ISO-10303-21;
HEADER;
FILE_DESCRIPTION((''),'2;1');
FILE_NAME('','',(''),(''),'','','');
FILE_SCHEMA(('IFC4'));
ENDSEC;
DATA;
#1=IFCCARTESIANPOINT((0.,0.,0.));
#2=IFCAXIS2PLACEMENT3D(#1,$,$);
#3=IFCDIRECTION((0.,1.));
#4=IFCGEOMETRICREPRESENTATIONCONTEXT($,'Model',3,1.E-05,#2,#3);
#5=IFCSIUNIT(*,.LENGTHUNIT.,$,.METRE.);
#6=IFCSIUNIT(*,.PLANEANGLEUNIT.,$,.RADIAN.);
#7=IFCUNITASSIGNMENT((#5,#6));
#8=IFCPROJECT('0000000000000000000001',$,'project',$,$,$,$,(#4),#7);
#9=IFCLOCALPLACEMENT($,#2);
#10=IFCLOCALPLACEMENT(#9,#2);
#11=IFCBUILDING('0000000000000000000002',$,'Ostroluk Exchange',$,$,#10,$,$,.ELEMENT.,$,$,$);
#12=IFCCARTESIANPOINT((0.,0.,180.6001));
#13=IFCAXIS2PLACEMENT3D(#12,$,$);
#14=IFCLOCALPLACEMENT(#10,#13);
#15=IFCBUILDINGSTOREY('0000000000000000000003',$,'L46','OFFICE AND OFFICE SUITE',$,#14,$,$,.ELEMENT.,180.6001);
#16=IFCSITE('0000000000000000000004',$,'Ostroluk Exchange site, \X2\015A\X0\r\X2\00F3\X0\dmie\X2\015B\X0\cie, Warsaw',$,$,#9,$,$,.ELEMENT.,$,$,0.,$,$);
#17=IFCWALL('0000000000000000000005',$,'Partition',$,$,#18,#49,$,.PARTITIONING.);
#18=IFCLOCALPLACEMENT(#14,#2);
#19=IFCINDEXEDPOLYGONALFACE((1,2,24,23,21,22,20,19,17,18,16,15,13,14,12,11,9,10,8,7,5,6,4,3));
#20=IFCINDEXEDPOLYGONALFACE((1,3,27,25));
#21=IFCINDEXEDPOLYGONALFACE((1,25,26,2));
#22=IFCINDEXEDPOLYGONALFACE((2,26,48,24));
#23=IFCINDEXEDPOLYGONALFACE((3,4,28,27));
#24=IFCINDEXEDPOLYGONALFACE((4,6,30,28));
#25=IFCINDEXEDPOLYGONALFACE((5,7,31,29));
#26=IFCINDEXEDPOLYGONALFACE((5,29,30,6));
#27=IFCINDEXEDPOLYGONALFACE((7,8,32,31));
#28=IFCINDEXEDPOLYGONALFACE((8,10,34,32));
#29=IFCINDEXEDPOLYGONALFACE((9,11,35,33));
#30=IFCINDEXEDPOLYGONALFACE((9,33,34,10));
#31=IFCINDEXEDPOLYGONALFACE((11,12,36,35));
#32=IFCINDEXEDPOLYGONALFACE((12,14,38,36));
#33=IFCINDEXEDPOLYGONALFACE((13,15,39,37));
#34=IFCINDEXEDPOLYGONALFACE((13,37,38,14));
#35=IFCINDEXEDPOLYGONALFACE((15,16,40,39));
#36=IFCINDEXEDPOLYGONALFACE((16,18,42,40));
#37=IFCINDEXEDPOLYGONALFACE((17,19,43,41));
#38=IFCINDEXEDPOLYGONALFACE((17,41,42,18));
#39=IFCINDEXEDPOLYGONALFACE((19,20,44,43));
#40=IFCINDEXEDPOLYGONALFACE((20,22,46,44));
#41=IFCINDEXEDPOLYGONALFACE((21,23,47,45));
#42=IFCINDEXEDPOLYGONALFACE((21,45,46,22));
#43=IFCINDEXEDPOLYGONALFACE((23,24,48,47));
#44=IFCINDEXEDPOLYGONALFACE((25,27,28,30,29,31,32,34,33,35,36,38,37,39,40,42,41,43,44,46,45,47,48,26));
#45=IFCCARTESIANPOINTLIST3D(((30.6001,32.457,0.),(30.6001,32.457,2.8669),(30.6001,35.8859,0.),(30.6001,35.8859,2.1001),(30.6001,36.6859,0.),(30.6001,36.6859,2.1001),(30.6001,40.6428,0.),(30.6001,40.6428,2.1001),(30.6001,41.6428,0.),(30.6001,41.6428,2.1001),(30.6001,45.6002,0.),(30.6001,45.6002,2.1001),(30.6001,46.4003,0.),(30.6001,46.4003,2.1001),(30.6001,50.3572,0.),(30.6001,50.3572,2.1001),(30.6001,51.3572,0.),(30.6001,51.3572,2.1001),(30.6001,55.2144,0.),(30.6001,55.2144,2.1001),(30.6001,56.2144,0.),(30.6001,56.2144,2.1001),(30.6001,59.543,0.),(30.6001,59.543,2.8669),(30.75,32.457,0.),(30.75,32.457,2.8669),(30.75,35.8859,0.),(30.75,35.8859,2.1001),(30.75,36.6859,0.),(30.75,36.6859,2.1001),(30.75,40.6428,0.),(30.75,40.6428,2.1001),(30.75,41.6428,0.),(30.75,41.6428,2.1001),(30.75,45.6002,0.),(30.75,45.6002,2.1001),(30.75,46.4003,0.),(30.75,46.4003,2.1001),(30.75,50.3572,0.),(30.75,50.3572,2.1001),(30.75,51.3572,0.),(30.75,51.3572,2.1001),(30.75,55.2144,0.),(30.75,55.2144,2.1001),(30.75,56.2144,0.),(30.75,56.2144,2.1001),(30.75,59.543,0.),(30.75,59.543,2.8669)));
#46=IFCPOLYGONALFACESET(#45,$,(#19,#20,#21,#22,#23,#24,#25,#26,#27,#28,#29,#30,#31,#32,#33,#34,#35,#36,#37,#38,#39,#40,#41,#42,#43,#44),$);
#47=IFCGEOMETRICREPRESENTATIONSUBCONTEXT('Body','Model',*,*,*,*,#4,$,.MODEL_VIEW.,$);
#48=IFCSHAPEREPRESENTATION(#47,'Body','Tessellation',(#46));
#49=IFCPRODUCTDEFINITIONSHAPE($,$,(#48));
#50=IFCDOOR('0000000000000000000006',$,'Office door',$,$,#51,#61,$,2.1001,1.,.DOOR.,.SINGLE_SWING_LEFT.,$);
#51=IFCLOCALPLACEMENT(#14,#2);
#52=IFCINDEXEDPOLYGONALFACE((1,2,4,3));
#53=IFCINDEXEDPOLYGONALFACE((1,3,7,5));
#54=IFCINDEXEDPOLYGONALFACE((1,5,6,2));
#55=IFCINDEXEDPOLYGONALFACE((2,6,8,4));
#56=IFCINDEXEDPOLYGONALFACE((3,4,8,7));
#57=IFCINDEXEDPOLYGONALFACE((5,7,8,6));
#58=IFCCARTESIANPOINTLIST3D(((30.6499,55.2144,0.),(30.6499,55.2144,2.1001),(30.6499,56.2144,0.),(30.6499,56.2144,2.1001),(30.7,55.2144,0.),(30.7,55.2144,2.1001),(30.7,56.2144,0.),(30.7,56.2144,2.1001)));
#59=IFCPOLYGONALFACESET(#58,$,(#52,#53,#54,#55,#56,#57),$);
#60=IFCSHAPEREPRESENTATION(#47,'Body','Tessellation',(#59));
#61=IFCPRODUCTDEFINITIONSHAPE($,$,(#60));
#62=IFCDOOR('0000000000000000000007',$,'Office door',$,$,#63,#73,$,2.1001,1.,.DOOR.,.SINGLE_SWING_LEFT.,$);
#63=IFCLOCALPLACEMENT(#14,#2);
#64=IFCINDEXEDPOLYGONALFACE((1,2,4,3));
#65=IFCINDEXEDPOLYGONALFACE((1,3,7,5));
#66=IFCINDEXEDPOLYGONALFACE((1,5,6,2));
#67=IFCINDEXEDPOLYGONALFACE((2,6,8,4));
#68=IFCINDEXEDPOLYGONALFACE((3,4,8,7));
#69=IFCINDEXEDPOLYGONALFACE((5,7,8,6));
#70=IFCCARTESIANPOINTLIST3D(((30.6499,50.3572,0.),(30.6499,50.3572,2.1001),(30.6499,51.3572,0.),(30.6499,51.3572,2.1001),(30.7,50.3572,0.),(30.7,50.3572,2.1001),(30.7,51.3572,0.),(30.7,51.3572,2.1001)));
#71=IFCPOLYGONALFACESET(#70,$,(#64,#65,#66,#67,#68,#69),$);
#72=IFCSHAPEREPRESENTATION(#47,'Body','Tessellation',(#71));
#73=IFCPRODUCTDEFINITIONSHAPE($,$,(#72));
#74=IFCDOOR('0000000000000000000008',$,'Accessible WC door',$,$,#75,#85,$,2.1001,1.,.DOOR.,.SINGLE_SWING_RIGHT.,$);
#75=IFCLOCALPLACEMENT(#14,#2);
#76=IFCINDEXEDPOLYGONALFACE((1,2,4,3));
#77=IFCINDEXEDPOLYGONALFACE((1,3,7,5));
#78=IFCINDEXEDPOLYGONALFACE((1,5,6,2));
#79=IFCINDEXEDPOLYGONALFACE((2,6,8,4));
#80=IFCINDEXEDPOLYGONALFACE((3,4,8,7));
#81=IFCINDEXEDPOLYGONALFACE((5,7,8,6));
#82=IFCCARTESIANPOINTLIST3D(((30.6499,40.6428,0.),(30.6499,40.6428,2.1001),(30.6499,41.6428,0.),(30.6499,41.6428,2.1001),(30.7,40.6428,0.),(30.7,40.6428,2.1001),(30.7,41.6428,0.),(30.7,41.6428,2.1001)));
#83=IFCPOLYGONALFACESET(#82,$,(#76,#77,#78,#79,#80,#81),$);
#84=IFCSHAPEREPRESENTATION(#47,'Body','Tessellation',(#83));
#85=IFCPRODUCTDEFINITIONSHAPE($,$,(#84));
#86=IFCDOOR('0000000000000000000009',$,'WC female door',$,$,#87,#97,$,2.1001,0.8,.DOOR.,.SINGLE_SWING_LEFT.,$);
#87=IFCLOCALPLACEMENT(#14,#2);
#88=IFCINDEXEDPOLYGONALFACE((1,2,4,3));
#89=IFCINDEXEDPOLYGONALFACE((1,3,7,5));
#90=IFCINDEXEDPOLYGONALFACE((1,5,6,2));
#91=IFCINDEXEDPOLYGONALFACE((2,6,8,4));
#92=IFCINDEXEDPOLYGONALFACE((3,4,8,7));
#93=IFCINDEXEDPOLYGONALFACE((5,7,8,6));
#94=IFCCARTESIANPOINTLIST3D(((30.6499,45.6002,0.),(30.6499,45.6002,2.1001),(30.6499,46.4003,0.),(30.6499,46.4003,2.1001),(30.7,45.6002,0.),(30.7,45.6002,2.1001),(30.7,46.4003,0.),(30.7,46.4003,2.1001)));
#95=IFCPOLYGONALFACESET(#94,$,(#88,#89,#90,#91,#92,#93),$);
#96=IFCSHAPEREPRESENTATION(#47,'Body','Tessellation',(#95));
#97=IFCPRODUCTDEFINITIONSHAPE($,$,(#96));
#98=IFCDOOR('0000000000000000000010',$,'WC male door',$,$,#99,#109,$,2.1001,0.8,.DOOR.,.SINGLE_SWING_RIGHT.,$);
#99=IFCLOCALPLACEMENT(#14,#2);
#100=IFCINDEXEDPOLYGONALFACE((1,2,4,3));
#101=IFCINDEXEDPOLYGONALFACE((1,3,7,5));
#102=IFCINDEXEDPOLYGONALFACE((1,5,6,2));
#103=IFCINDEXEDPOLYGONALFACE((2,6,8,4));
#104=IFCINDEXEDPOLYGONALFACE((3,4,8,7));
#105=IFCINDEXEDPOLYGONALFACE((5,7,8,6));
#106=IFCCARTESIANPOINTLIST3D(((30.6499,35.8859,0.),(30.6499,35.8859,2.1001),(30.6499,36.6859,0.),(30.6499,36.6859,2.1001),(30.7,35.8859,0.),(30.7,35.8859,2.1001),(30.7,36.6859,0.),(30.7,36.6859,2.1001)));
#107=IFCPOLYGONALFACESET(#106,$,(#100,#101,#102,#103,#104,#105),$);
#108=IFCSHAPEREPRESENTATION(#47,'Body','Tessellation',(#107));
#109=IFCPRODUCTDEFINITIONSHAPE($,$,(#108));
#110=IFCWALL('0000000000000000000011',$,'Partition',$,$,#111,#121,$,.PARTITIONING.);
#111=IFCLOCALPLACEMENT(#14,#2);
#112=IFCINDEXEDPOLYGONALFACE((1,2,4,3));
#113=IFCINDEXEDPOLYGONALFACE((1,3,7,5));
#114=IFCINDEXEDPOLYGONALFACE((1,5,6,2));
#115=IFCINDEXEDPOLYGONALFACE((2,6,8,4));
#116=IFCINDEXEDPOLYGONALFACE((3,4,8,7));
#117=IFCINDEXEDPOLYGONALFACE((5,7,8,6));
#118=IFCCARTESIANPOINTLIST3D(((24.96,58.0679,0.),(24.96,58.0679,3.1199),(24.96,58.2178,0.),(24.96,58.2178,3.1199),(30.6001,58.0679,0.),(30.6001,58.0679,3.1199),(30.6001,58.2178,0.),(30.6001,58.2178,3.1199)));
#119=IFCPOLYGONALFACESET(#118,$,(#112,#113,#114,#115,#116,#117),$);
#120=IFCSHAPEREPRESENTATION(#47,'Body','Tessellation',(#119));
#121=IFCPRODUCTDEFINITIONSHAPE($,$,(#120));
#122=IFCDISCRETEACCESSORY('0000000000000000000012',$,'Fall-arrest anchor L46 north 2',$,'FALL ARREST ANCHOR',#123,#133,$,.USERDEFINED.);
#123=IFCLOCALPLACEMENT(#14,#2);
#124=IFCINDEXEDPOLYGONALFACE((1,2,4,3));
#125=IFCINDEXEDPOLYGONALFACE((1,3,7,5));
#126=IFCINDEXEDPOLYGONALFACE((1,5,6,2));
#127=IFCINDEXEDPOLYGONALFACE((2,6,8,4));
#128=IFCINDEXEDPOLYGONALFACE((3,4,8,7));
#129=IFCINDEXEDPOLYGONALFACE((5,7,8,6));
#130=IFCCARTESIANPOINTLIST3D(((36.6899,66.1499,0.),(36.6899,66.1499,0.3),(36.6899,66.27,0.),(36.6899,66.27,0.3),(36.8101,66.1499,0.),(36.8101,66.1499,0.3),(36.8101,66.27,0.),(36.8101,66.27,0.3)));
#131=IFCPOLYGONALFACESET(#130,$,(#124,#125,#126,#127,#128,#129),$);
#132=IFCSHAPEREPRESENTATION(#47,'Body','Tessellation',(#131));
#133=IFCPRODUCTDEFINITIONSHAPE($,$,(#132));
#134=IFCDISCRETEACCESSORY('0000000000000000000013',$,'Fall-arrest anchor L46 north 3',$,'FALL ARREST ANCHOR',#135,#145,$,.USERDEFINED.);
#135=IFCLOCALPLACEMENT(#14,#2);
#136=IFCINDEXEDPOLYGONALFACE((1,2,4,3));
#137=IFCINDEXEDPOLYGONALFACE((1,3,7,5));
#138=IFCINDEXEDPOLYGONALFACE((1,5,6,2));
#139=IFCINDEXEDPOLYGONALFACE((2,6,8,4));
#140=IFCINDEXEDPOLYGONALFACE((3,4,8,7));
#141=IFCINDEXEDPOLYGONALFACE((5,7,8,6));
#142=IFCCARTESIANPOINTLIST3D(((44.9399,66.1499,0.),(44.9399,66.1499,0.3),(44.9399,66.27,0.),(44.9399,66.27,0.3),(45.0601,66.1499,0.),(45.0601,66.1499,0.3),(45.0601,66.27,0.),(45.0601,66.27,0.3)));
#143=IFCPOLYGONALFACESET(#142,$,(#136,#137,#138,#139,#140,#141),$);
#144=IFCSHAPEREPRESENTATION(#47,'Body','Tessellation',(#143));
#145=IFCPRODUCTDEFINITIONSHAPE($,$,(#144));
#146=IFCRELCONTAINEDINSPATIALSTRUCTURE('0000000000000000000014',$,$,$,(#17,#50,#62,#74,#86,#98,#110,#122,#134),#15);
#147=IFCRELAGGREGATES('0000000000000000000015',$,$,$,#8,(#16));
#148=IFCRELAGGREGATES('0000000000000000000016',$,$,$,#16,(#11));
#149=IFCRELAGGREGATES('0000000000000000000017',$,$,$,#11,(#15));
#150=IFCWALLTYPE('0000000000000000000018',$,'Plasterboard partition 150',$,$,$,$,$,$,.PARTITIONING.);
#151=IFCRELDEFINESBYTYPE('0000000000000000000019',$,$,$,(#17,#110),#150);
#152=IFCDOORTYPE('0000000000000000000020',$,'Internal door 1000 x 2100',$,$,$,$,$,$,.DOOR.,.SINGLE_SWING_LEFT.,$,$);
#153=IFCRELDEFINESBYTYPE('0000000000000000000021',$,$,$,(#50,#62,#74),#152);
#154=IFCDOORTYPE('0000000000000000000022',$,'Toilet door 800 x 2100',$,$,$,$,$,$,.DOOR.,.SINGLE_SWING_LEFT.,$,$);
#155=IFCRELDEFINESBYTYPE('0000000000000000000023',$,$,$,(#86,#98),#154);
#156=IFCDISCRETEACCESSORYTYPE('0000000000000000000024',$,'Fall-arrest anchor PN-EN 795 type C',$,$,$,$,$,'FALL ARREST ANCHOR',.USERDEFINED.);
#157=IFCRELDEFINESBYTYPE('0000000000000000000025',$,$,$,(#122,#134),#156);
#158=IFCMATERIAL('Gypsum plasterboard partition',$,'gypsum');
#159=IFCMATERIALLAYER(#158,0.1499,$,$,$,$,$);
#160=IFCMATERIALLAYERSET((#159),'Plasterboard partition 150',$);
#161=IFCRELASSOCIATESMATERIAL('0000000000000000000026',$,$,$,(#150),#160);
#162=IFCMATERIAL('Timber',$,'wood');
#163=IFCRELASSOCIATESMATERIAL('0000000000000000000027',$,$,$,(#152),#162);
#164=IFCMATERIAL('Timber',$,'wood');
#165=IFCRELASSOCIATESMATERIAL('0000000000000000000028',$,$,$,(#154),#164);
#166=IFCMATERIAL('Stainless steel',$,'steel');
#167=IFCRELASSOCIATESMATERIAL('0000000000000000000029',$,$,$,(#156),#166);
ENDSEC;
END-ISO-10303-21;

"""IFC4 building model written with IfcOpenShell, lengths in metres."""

from ifc_helpers import new_model, si_unit, direction, frame, frame_2d, origin, origin_2d, place, context, subcontext, project, spatial, rectangle, extrude, material, layer, layer_set, type_object, element, fill, save


model = new_model("IFC4")

# Units and contexts
model_context = context("Model", 3, precision=1e-05, world=origin(), true_north=direction((0.0, 1.0)))
body_context = subcontext(model_context, "Body", "Model", "MODEL_VIEW")
ifc_project = project(units=[si_unit("LENGTHUNIT", "METRE"), si_unit("PLANEANGLEUNIT", "RADIAN")], contexts=[model_context])

# Site, building, storey
site_placement = place(None, origin())
site = spatial("IfcSite", under=ifc_project, at=site_placement, Name="Ostroluk Exchange site, Śródmieście, Warsaw", CompositionType="ELEMENT", RefElevation=0.0)
building_placement = place(site_placement, origin())
building = spatial("IfcBuilding", under=site, at=building_placement, Name="Ostroluk Exchange", CompositionType="ELEMENT")
storey_placement = place(building_placement, frame((0.0, 0.0, 180.6001)))
storey = spatial("IfcBuildingStorey", under=building, at=storey_placement, Name="L46", Description="OFFICE AND OFFICE SUITE", CompositionType="ELEMENT", Elevation=180.6001)

# Shared definitions
ifc_material_1 = material(Name="Gypsum plasterboard partition", Category="gypsum")
ifc_layer_1 = layer(ifc_material_1, 0.1499)
ifc_layer_set_1 = layer_set([ifc_layer_1], Name="Plasterboard partition 150")
wall_type = type_object("IfcWallType", Name="Plasterboard partition 150", PredefinedType="PARTITIONING", material=ifc_layer_set_1)

# Wall, openings, doors
wall_1_placement = place(storey_placement, frame((30.675, 59.543, 0.0), z_axis=(0.0, 0.0, 1.0), x_axis=(0.0, -1.0, 0.0)))
wall_1 = element("IfcWall", 1, at=wall_1_placement, inside=storey, type_object=wall_type, Name="Partition", PredefinedType="PARTITIONING", context=body_context, shape_type="SweptSolid", body=[
    extrude(rectangle(XDim=27.0859, YDim=0.1499, at=frame_2d((13.543, 0.0))), origin(), (0.0, 0.0, 1.0), 2.8669),
])
opening_1_placement = place(wall_1_placement, frame((3.3286, 0.0, 0.0)))
opening_1 = element("IfcOpeningElement", 2, at=opening_1_placement, cuts=wall_1, PredefinedType="OPENING", context=body_context, shape_type="SweptSolid", body=[
    extrude(rectangle(XDim=1.0, YDim=2.1001, at=frame_2d((0.5, 1.05))), frame((0.0, 0.085, 0.0), z_axis=(0.0, -1.0, 0.0), x_axis=(1.0, 0.0, 0.0)), (0.0, 0.0, 1.0), 0.1699),
])
opening_2_placement = place(wall_1_placement, frame((8.1858, 0.0, 0.0)))
opening_2 = element("IfcOpeningElement", 3, at=opening_2_placement, cuts=wall_1, PredefinedType="OPENING", context=body_context, shape_type="SweptSolid", body=[
    extrude(rectangle(XDim=1.0, YDim=2.1001, at=frame_2d((0.5, 1.05))), frame((0.0, 0.085, 0.0), z_axis=(0.0, -1.0, 0.0), x_axis=(1.0, 0.0, 0.0)), (0.0, 0.0, 1.0), 0.1699),
])
opening_3_placement = place(wall_1_placement, frame((13.1428, 0.0, 0.0)))
opening_3 = element("IfcOpeningElement", 4, at=opening_3_placement, cuts=wall_1, PredefinedType="OPENING", context=body_context, shape_type="SweptSolid", body=[
    extrude(rectangle(XDim=0.8, YDim=2.1001, at=frame_2d((0.3999, 1.05))), frame((0.0, 0.085, 0.0), z_axis=(0.0, -1.0, 0.0), x_axis=(1.0, 0.0, 0.0)), (0.0, 0.0, 1.0), 0.1699),
])
opening_4_placement = place(wall_1_placement, frame((17.9001, 0.0, 0.0)))
opening_4 = element("IfcOpeningElement", 5, at=opening_4_placement, cuts=wall_1, PredefinedType="OPENING", context=body_context, shape_type="SweptSolid", body=[
    extrude(rectangle(XDim=1.0, YDim=2.1001, at=frame_2d((0.5, 1.05))), frame((0.0, 0.085, 0.0), z_axis=(0.0, -1.0, 0.0), x_axis=(1.0, 0.0, 0.0)), (0.0, 0.0, 1.0), 0.1699),
])
opening_5_placement = place(wall_1_placement, frame((22.8572, 0.0, 0.0)))
opening_5 = element("IfcOpeningElement", 6, at=opening_5_placement, cuts=wall_1, PredefinedType="OPENING", context=body_context, shape_type="SweptSolid", body=[
    extrude(rectangle(XDim=0.8, YDim=2.1001, at=frame_2d((0.3999, 1.05))), frame((0.0, 0.085, 0.0), z_axis=(0.0, -1.0, 0.0), x_axis=(1.0, 0.0, 0.0)), (0.0, 0.0, 1.0), 0.1699),
])
ifc_material_2 = material(Name="Timber", Category="wood")
door_type_1 = type_object("IfcDoorType", Name="Internal door 1000 x 2100", OperationType="SINGLE_SWING_LEFT", PredefinedType="DOOR", material=ifc_material_2)
door_1_placement = place(opening_1_placement, origin())
door_1 = element("IfcDoor", 7, at=door_1_placement, inside=storey, type_object=door_type_1, Name="Office door", OperationType="SINGLE_SWING_LEFT", OverallHeight=2.1001, OverallWidth=1.0, PredefinedType="DOOR", context=body_context, shape_type="SweptSolid", body=[
    extrude(rectangle(XDim=1.0, YDim=2.1001, at=frame_2d((0.5, 1.05))), frame((0.0, 0.0249, 0.0), z_axis=(0.0, -1.0, 0.0), x_axis=(1.0, 0.0, 0.0)), (0.0, 0.0, 1.0), 0.05),
])
fill(opening_1, door_1)
door_2_placement = place(opening_2_placement, origin())
door_2 = element("IfcDoor", 8, at=door_2_placement, inside=storey, type_object=door_type_1, Name="Office door", OperationType="SINGLE_SWING_LEFT", OverallHeight=2.1001, OverallWidth=1.0, PredefinedType="DOOR", context=body_context, shape_type="SweptSolid", body=[
    extrude(rectangle(XDim=1.0, YDim=2.1001, at=frame_2d((0.5, 1.05))), frame((0.0, 0.0249, 0.0), z_axis=(0.0, -1.0, 0.0), x_axis=(1.0, 0.0, 0.0)), (0.0, 0.0, 1.0), 0.05),
])
fill(opening_2, door_2)
door_3_placement = place(opening_4_placement, origin())
door_3 = element("IfcDoor", 9, at=door_3_placement, inside=storey, type_object=door_type_1, Name="Accessible WC door", OperationType="SINGLE_SWING_RIGHT", OverallHeight=2.1001, OverallWidth=1.0, PredefinedType="DOOR", context=body_context, shape_type="SweptSolid", body=[
    extrude(rectangle(XDim=1.0, YDim=2.1001, at=frame_2d((0.5, 1.05))), frame((0.0, 0.0249, 0.0), z_axis=(0.0, -1.0, 0.0), x_axis=(1.0, 0.0, 0.0)), (0.0, 0.0, 1.0), 0.05),
])
fill(opening_4, door_3)
ifc_material_3 = material(Name="Timber", Category="wood")
door_type_2 = type_object("IfcDoorType", Name="Toilet door 800 x 2100", OperationType="SINGLE_SWING_LEFT", PredefinedType="DOOR", material=ifc_material_3)
door_4_placement = place(opening_3_placement, origin())
door_4 = element("IfcDoor", 10, at=door_4_placement, inside=storey, type_object=door_type_2, Name="WC female door", OperationType="SINGLE_SWING_LEFT", OverallHeight=2.1001, OverallWidth=0.8, PredefinedType="DOOR", context=body_context, shape_type="SweptSolid", body=[
    extrude(rectangle(XDim=0.8, YDim=2.1001, at=frame_2d((0.3999, 1.05))), frame((0.0, 0.0249, 0.0), z_axis=(0.0, -1.0, 0.0), x_axis=(1.0, 0.0, 0.0)), (0.0, 0.0, 1.0), 0.05),
])
fill(opening_3, door_4)
door_5_placement = place(opening_5_placement, origin())
door_5 = element("IfcDoor", 11, at=door_5_placement, inside=storey, type_object=door_type_2, Name="WC male door", OperationType="SINGLE_SWING_RIGHT", OverallHeight=2.1001, OverallWidth=0.8, PredefinedType="DOOR", context=body_context, shape_type="SweptSolid", body=[
    extrude(rectangle(XDim=0.8, YDim=2.1001, at=frame_2d((0.3999, 1.05))), frame((0.0, 0.0249, 0.0), z_axis=(0.0, -1.0, 0.0), x_axis=(1.0, 0.0, 0.0)), (0.0, 0.0, 1.0), 0.05),
])
fill(opening_5, door_5)

# Wall
wall_2_placement = place(storey_placement, frame((30.6001, 58.1428, 0.0), z_axis=(0.0, 0.0, 1.0), x_axis=(-1.0, 0.0, 0.0)))
element("IfcWall", 12, at=wall_2_placement, inside=storey, type_object=wall_type, Name="Partition", PredefinedType="PARTITIONING", context=body_context, shape_type="SweptSolid", body=[
    extrude(rectangle(XDim=5.6401, YDim=0.1499, at=frame_2d((2.8201, 0.0))), origin(), (0.0, 0.0, 1.0), 3.1199),
])

# Discrete accessories
ifc_material_4 = material(Name="Stainless steel", Category="steel")
discrete_accessory_type = type_object("IfcDiscreteAccessoryType", Name="Fall-arrest anchor PN-EN 795 type C", ElementType="FALL ARREST ANCHOR", PredefinedType="USERDEFINED", material=ifc_material_4)
for number, where, z_axis, x_axis, name in (
    (13, (36.75, 66.21, 0.0), (0.0, 0.0, 1.0), (1.0, 0.0, 0.0), "Fall-arrest anchor L46 north 2"),
    (14, (45.0, 66.21, 0.0), (0.0, 0.0, 1.0), (1.0, 0.0, 0.0), "Fall-arrest anchor L46 north 3"),
):
    element("IfcDiscreteAccessory", number, at=place(storey_placement, frame(where, z_axis=z_axis, x_axis=x_axis)), inside=storey, type_object=discrete_accessory_type, Name=name, ObjectType="FALL ARREST ANCHOR", PredefinedType="USERDEFINED", context=body_context, shape_type="SweptSolid", body=[
        extrude(rectangle(XDim=0.1201, YDim=0.1201, at=origin_2d()), origin(), (0.0, 0.0, 1.0), 0.3),
    ])

save(model, "model.ifc")
